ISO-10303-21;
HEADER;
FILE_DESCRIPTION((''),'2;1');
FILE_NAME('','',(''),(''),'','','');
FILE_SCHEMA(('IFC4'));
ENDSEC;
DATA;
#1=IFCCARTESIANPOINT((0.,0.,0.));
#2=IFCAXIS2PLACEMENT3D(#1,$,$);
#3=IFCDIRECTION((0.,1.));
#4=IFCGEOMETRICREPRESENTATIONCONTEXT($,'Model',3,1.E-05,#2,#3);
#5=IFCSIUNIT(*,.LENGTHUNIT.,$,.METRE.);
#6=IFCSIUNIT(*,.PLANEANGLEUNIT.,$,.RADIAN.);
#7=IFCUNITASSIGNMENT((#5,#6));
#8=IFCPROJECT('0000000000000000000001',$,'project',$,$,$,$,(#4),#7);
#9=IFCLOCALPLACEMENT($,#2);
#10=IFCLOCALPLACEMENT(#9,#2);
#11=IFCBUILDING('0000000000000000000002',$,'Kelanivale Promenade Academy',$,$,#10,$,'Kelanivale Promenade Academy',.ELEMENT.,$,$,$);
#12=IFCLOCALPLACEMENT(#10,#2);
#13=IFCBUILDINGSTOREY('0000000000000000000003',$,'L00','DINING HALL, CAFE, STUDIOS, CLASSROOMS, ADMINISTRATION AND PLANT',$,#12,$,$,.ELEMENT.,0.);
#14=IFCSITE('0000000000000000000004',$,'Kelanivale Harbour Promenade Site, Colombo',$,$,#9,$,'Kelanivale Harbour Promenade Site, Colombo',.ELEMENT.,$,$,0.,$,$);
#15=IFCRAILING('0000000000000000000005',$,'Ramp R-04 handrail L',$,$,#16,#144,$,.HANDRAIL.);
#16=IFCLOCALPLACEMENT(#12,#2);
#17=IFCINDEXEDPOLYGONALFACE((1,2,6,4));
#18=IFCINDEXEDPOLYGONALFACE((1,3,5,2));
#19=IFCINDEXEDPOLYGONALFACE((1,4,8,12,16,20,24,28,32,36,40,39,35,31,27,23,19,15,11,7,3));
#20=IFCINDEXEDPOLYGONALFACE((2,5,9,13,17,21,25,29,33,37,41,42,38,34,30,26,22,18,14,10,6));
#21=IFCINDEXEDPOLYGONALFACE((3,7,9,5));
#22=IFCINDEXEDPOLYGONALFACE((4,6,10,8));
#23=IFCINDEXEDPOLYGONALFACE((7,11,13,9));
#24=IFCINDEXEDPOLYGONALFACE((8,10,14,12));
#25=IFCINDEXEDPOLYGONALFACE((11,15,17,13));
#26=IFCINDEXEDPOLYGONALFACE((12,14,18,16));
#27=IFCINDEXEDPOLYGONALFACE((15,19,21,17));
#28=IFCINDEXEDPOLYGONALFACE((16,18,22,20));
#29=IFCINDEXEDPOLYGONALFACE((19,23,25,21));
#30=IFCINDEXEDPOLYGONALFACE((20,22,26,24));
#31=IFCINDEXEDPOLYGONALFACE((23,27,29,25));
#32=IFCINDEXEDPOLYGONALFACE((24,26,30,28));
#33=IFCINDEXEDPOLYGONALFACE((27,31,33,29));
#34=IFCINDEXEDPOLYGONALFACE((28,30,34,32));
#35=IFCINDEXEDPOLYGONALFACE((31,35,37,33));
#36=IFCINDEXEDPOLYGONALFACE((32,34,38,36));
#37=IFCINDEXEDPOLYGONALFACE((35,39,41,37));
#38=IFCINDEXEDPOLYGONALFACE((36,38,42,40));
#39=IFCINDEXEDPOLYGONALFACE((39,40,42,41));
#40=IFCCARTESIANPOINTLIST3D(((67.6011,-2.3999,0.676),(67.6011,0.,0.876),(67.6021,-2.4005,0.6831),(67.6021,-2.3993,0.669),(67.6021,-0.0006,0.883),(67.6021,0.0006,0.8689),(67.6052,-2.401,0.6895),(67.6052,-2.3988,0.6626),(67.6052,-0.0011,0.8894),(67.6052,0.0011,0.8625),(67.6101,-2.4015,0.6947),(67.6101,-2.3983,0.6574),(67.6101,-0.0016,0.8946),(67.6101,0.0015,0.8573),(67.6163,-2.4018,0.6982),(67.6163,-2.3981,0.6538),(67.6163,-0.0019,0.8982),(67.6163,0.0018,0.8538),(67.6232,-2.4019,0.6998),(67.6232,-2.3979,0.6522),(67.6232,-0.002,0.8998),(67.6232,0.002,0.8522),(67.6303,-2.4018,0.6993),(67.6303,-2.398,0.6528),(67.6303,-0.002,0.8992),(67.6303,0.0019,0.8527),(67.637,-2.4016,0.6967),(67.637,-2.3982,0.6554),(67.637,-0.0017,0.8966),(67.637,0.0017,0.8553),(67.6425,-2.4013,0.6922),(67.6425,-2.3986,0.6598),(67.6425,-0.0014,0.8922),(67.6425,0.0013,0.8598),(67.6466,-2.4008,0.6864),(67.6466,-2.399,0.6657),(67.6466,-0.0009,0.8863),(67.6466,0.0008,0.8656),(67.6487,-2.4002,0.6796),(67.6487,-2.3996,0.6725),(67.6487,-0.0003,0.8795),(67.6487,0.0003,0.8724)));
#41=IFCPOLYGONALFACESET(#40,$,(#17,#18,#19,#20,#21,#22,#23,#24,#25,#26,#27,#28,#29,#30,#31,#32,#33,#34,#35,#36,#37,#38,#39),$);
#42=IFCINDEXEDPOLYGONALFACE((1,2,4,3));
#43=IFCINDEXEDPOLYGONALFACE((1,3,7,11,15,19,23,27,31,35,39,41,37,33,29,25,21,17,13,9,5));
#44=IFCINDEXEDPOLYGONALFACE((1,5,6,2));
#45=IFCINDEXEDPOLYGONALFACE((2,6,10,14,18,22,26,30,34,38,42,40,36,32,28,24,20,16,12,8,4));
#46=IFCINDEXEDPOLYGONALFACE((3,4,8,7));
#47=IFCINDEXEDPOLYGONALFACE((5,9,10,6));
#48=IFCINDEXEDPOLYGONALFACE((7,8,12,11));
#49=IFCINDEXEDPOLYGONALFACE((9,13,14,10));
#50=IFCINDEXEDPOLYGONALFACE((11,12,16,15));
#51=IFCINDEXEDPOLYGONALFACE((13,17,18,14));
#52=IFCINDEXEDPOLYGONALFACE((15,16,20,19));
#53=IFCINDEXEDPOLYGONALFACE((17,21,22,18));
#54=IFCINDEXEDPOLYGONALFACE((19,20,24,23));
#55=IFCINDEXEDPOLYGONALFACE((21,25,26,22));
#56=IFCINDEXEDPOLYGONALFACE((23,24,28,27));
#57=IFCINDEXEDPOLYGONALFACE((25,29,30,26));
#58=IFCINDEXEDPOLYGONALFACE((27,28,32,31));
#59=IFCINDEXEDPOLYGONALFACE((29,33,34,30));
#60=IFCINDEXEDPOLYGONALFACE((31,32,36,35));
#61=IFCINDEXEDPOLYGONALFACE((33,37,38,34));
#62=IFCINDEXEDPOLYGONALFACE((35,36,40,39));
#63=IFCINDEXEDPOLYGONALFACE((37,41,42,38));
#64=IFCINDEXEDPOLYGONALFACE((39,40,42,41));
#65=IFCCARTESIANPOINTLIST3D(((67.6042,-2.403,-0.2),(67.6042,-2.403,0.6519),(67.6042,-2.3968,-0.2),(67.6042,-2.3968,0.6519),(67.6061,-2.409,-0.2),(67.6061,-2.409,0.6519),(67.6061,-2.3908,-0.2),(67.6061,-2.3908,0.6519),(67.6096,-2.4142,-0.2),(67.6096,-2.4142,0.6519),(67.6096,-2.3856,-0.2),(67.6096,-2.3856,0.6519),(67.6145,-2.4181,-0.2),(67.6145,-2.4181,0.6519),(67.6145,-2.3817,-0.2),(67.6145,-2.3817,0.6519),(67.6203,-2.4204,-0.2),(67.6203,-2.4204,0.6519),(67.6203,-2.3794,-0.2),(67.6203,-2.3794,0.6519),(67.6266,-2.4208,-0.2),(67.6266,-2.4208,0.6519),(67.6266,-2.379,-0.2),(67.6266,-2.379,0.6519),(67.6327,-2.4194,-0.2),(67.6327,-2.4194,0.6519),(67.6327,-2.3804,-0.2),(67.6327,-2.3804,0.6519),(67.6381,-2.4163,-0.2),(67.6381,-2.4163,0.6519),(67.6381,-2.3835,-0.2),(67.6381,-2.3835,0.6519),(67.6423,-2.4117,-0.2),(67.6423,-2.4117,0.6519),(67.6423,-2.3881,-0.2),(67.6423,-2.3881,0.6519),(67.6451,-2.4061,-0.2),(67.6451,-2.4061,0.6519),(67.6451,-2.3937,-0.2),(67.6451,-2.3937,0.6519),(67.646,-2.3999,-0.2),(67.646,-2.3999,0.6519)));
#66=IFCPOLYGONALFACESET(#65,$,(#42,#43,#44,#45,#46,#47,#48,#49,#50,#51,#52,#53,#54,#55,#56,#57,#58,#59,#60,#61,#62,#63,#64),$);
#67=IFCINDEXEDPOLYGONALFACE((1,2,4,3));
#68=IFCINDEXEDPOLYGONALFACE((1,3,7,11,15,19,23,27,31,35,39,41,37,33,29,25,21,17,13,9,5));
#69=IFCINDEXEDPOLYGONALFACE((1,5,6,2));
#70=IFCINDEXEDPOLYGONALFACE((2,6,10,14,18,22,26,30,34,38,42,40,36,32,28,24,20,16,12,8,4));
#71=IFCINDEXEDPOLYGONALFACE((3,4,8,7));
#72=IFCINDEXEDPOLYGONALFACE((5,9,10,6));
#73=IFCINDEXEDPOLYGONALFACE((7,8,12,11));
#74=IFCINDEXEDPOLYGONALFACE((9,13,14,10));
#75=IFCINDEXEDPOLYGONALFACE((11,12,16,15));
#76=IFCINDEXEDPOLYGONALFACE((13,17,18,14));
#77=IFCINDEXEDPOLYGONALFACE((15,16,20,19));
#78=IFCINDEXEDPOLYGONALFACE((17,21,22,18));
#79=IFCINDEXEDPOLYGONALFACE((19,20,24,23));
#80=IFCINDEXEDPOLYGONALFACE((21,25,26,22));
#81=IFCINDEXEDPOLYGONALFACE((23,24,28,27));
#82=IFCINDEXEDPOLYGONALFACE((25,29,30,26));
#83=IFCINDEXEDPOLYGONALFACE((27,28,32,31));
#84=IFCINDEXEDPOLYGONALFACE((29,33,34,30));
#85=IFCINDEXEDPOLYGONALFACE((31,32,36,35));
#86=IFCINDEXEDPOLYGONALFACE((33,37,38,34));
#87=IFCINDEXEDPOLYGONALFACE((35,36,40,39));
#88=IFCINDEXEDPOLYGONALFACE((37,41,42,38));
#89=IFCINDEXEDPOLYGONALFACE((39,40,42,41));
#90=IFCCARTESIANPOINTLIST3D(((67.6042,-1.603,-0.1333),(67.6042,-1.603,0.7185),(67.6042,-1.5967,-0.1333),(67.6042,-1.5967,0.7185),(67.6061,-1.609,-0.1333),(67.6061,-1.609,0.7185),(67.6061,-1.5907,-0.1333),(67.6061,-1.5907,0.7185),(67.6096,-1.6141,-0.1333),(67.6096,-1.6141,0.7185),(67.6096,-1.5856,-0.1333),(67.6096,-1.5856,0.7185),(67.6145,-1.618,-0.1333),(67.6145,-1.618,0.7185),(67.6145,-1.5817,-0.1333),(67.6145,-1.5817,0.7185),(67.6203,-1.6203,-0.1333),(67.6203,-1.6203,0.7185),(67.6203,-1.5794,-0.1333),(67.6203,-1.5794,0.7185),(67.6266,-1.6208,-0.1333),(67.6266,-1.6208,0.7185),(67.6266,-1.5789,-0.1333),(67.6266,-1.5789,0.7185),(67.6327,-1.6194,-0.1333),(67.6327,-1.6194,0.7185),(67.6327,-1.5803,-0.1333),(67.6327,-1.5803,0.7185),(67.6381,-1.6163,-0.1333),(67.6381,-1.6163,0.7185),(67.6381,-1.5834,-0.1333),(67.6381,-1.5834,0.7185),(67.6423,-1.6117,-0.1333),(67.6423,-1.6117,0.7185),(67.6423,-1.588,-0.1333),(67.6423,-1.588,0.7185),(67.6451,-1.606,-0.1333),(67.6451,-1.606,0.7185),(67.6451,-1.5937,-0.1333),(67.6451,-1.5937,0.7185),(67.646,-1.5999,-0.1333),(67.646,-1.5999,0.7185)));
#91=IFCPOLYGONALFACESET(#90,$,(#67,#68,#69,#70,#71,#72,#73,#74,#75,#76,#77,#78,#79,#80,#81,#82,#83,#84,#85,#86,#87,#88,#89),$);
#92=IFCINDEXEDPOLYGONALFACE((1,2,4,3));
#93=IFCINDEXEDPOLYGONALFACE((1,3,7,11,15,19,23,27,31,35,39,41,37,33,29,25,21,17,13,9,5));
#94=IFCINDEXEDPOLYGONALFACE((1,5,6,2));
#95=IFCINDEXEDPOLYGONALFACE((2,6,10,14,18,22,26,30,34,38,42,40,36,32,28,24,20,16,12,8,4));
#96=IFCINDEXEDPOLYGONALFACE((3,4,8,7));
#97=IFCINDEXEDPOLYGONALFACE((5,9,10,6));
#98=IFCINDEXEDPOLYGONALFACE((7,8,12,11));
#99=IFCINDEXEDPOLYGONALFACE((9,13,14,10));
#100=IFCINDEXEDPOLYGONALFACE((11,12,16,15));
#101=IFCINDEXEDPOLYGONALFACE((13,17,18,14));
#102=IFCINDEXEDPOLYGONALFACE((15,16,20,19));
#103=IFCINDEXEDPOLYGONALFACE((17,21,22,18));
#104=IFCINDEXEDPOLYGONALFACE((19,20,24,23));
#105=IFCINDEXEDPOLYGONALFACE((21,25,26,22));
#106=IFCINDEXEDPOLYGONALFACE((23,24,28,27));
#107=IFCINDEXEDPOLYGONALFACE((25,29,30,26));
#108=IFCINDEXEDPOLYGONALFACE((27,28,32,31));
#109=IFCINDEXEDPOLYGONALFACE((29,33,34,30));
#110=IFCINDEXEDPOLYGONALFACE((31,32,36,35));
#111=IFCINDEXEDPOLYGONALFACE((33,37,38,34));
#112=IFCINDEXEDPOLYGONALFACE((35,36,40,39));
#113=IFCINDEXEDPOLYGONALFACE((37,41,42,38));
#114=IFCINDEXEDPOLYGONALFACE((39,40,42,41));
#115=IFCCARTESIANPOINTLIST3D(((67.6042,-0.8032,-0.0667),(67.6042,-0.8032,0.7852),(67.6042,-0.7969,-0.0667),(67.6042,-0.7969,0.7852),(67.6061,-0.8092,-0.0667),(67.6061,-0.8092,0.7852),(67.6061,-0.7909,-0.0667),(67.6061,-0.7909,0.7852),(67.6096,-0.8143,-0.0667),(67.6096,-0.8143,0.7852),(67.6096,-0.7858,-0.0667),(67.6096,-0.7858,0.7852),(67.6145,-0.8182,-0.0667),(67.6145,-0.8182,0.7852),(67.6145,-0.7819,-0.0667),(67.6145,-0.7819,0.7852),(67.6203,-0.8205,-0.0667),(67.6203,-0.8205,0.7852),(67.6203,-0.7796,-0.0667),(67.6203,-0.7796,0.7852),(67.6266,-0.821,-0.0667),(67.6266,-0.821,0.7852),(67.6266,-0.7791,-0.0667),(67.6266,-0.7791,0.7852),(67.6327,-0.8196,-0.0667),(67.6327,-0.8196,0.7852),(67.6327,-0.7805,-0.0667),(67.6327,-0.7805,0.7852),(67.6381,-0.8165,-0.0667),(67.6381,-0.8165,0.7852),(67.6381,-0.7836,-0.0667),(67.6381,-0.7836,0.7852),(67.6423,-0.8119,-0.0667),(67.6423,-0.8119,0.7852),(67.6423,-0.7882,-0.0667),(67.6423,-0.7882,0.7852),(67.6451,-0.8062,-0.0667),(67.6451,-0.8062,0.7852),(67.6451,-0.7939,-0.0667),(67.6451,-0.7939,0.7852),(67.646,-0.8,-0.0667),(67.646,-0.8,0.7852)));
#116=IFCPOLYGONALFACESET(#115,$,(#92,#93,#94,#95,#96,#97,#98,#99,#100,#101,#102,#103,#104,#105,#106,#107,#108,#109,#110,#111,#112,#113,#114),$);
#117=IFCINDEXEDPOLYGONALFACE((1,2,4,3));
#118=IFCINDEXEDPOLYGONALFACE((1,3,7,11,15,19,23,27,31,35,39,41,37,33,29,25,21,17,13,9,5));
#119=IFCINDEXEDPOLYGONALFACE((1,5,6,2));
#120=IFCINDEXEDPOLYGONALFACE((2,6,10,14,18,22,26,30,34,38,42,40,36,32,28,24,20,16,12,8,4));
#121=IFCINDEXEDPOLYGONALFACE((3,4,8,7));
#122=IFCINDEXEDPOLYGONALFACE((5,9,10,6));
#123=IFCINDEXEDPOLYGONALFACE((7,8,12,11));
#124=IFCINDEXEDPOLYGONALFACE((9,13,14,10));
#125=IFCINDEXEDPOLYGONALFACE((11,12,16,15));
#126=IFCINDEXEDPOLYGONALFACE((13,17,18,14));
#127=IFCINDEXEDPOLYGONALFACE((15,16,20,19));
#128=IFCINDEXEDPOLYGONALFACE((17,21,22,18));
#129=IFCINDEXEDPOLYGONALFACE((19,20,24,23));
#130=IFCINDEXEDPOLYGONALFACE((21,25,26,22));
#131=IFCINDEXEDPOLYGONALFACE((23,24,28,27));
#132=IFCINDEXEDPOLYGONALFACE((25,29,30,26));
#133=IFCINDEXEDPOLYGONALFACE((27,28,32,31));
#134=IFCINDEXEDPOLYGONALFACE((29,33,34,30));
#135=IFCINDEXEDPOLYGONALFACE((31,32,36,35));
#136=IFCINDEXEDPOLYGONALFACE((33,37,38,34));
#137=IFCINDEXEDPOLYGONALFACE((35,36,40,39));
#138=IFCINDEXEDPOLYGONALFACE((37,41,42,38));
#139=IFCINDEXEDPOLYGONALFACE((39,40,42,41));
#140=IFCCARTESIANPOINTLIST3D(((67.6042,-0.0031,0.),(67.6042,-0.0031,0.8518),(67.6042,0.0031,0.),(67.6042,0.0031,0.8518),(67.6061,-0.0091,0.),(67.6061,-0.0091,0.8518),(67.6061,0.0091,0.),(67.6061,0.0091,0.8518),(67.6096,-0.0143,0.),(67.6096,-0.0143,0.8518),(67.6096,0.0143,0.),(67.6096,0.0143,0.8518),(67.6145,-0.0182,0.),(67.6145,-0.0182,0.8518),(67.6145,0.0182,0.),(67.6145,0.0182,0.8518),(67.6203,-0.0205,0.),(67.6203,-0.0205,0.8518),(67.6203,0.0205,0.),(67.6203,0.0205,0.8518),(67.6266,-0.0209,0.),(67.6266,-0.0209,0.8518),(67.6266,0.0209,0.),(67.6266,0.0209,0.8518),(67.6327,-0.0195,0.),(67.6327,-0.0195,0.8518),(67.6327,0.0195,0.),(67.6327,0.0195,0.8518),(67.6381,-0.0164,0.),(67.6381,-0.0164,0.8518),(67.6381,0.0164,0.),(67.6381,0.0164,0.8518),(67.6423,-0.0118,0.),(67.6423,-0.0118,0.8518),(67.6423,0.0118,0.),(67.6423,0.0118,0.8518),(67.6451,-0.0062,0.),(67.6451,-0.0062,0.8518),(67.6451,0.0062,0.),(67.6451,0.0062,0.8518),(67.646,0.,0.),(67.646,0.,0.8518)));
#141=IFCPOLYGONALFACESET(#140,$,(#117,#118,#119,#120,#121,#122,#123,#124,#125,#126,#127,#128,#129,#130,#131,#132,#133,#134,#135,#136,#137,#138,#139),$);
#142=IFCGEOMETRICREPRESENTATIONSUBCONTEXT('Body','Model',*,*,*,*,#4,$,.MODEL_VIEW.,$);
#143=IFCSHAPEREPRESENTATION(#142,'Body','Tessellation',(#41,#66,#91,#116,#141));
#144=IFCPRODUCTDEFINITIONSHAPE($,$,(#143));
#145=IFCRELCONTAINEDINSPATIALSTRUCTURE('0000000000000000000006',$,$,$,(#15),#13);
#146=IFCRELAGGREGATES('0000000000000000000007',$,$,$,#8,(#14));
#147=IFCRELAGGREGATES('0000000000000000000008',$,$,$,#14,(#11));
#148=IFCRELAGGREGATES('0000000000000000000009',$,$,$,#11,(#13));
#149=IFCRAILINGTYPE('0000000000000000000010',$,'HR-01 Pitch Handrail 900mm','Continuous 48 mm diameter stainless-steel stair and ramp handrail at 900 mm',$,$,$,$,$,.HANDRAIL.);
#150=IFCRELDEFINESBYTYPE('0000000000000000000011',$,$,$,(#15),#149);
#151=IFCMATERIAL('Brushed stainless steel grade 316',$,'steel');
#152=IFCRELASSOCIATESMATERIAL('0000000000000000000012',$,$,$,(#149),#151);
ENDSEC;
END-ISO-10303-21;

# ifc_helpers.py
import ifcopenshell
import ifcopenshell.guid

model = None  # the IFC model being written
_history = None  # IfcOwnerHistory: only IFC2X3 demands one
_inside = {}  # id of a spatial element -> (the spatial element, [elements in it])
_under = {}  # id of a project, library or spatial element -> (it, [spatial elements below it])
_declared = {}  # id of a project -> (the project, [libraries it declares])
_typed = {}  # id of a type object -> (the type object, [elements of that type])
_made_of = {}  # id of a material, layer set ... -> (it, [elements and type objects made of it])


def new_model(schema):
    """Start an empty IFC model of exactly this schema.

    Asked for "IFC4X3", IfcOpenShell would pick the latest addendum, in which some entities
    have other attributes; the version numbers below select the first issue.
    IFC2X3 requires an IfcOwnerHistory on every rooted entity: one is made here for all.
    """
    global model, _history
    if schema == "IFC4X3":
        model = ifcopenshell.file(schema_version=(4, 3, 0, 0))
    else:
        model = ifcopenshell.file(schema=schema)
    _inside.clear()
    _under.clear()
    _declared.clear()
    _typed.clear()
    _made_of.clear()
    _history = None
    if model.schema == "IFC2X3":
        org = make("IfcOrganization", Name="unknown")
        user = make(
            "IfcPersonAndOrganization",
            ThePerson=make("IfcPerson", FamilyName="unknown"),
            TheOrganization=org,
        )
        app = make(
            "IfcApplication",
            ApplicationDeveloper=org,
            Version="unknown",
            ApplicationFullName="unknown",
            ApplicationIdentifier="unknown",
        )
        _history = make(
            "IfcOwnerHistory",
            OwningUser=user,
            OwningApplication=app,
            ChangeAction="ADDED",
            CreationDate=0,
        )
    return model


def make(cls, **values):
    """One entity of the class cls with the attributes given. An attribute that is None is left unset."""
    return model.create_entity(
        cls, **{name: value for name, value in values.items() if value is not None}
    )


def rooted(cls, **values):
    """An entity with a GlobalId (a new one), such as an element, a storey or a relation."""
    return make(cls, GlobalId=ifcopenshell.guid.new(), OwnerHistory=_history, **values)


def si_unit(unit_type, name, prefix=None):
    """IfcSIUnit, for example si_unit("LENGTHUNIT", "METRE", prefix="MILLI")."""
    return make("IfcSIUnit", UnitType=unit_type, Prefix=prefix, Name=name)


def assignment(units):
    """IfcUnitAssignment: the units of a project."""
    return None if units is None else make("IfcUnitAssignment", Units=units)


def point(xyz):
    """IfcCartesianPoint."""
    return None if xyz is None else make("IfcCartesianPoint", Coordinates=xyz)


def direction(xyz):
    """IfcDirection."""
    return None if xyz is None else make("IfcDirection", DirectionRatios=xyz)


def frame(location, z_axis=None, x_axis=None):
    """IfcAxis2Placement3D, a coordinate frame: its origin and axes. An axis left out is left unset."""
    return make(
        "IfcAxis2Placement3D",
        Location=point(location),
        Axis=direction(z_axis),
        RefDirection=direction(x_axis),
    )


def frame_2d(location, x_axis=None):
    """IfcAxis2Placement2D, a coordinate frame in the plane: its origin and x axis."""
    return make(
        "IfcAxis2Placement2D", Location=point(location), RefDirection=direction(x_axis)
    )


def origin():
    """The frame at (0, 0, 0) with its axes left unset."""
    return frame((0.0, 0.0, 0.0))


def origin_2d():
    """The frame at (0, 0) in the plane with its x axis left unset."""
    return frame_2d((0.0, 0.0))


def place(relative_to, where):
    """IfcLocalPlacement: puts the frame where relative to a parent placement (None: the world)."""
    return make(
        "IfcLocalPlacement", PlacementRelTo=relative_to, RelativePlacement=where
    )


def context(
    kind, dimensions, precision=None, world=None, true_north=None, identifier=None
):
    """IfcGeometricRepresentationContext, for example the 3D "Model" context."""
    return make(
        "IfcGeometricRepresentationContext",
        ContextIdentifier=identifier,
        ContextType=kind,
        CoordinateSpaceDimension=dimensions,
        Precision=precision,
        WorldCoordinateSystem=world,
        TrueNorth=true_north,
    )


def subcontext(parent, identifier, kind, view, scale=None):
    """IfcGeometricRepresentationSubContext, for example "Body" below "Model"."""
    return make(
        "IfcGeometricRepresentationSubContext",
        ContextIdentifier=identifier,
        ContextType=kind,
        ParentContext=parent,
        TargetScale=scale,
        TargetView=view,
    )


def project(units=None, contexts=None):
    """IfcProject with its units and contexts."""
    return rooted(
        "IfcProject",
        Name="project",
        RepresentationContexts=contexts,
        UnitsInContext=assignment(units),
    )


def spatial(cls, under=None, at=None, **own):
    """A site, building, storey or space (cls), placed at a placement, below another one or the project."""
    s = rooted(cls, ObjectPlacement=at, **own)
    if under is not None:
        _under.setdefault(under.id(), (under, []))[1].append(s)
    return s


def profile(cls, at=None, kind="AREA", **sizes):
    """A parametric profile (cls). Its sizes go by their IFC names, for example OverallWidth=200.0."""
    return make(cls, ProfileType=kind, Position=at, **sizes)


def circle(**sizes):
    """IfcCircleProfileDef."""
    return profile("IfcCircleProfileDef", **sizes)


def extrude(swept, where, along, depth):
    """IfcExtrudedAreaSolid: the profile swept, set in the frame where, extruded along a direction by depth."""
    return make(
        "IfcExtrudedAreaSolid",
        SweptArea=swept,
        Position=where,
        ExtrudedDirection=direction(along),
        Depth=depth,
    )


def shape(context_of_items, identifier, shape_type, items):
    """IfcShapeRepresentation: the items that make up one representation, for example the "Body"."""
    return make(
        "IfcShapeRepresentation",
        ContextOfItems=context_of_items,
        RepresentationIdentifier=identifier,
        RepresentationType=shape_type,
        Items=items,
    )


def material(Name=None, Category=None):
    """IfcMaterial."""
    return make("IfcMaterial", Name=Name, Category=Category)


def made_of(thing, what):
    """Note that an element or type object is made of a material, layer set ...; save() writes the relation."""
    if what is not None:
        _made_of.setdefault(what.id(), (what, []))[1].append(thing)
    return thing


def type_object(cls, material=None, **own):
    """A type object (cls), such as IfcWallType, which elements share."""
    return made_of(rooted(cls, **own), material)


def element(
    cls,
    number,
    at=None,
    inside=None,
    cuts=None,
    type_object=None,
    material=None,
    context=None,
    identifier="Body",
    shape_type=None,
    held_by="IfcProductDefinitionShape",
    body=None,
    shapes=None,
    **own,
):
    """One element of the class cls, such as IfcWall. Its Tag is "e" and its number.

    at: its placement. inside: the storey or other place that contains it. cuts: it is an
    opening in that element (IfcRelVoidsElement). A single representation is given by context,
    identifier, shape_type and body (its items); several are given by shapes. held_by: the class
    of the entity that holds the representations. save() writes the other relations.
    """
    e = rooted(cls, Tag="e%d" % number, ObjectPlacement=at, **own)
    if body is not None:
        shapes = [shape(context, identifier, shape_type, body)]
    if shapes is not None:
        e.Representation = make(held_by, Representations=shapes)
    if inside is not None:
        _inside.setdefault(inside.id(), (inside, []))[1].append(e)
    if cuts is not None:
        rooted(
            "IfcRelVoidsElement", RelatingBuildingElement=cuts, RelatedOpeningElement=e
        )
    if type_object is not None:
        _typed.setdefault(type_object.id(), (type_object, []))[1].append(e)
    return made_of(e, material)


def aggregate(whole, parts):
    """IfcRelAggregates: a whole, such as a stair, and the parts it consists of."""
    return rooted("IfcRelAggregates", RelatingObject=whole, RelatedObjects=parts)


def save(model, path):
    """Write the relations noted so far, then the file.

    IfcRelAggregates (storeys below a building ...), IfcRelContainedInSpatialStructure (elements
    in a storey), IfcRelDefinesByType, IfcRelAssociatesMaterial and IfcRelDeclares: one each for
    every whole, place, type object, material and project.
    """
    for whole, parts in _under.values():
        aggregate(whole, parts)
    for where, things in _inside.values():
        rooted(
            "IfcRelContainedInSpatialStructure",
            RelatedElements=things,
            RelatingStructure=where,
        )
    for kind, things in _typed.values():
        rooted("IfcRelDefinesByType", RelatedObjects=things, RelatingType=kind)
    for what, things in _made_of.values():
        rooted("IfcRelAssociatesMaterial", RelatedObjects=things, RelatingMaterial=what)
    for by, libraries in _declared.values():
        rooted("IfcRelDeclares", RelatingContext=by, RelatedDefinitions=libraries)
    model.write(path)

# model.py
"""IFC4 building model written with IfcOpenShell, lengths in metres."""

from ifc_helpers import new_model, si_unit, direction, frame, origin, origin_2d, place, context, subcontext, project, spatial, circle, extrude, material, type_object, element, save


model = new_model("IFC4")

# Units and contexts
model_context = context("Model", 3, precision=1e-05, world=origin(), true_north=direction((0.0, 1.0)))
body_context = subcontext(model_context, "Body", "Model", "MODEL_VIEW")
ifc_project = project(units=[si_unit("LENGTHUNIT", "METRE"), si_unit("PLANEANGLEUNIT", "RADIAN")], contexts=[model_context])

# Site, building, storey
site_placement = place(None, origin())
site = spatial("IfcSite", under=ifc_project, at=site_placement, Name="Kelanivale Harbour Promenade Site, Colombo", LongName="Kelanivale Harbour Promenade Site, Colombo", CompositionType="ELEMENT", RefElevation=0.0)
building_placement = place(site_placement, origin())
building = spatial("IfcBuilding", under=site, at=building_placement, Name="Kelanivale Promenade Academy", LongName="Kelanivale Promenade Academy", CompositionType="ELEMENT")
storey_placement = place(building_placement, origin())
storey = spatial("IfcBuildingStorey", under=building, at=storey_placement, Name="L00", Description="DINING HALL, CAFE, STUDIOS, CLASSROOMS, ADMINISTRATION AND PLANT", CompositionType="ELEMENT", Elevation=0.0)

# Railing
ifc_material_1 = material(Name="Brushed stainless steel grade 316", Category="steel")
railing_type = type_object("IfcRailingType", Name="HR-01 Pitch Handrail 900mm", Description="Continuous 48 mm diameter stainless-steel stair and ramp handrail at 900 mm", PredefinedType="HANDRAIL", material=ifc_material_1)
for number, where, name in (
    (1, (67.625, -2.3999, -0.2), "Ramp R-04 handrail L"),
):
    element("IfcRailing", number, at=place(storey_placement, frame(where)), inside=storey, type_object=railing_type, Name=name, PredefinedType="HANDRAIL", context=body_context, shape_type="SweptSolid", body=[
        extrude(circle(Radius=0.0239, at=origin_2d()), frame((0.0, 0.0, 0.876), z_axis=(0.0, 0.996547, 0.083029), x_axis=(-1.0, 0.0, 0.0)), (0.0, 0.0, 1.0), 2.4082),
        extrude(circle(Radius=0.021, at=origin_2d()), origin(), (0.0, 0.0, 1.0), 0.8518),
        extrude(circle(Radius=0.021, at=origin_2d()), frame((0.0, 0.8, 0.0667)), (0.0, 0.0, 1.0), 0.8518),
        extrude(circle(Radius=0.021, at=origin_2d()), frame((0.0, 1.5999, 0.1333)), (0.0, 0.0, 1.0), 0.8518),
        extrude(circle(Radius=0.021, at=origin_2d()), frame((0.0, 2.3999, 0.2)), (0.0, 0.0, 1.0), 0.8518),
    ])

save(model, "model.ifc")
